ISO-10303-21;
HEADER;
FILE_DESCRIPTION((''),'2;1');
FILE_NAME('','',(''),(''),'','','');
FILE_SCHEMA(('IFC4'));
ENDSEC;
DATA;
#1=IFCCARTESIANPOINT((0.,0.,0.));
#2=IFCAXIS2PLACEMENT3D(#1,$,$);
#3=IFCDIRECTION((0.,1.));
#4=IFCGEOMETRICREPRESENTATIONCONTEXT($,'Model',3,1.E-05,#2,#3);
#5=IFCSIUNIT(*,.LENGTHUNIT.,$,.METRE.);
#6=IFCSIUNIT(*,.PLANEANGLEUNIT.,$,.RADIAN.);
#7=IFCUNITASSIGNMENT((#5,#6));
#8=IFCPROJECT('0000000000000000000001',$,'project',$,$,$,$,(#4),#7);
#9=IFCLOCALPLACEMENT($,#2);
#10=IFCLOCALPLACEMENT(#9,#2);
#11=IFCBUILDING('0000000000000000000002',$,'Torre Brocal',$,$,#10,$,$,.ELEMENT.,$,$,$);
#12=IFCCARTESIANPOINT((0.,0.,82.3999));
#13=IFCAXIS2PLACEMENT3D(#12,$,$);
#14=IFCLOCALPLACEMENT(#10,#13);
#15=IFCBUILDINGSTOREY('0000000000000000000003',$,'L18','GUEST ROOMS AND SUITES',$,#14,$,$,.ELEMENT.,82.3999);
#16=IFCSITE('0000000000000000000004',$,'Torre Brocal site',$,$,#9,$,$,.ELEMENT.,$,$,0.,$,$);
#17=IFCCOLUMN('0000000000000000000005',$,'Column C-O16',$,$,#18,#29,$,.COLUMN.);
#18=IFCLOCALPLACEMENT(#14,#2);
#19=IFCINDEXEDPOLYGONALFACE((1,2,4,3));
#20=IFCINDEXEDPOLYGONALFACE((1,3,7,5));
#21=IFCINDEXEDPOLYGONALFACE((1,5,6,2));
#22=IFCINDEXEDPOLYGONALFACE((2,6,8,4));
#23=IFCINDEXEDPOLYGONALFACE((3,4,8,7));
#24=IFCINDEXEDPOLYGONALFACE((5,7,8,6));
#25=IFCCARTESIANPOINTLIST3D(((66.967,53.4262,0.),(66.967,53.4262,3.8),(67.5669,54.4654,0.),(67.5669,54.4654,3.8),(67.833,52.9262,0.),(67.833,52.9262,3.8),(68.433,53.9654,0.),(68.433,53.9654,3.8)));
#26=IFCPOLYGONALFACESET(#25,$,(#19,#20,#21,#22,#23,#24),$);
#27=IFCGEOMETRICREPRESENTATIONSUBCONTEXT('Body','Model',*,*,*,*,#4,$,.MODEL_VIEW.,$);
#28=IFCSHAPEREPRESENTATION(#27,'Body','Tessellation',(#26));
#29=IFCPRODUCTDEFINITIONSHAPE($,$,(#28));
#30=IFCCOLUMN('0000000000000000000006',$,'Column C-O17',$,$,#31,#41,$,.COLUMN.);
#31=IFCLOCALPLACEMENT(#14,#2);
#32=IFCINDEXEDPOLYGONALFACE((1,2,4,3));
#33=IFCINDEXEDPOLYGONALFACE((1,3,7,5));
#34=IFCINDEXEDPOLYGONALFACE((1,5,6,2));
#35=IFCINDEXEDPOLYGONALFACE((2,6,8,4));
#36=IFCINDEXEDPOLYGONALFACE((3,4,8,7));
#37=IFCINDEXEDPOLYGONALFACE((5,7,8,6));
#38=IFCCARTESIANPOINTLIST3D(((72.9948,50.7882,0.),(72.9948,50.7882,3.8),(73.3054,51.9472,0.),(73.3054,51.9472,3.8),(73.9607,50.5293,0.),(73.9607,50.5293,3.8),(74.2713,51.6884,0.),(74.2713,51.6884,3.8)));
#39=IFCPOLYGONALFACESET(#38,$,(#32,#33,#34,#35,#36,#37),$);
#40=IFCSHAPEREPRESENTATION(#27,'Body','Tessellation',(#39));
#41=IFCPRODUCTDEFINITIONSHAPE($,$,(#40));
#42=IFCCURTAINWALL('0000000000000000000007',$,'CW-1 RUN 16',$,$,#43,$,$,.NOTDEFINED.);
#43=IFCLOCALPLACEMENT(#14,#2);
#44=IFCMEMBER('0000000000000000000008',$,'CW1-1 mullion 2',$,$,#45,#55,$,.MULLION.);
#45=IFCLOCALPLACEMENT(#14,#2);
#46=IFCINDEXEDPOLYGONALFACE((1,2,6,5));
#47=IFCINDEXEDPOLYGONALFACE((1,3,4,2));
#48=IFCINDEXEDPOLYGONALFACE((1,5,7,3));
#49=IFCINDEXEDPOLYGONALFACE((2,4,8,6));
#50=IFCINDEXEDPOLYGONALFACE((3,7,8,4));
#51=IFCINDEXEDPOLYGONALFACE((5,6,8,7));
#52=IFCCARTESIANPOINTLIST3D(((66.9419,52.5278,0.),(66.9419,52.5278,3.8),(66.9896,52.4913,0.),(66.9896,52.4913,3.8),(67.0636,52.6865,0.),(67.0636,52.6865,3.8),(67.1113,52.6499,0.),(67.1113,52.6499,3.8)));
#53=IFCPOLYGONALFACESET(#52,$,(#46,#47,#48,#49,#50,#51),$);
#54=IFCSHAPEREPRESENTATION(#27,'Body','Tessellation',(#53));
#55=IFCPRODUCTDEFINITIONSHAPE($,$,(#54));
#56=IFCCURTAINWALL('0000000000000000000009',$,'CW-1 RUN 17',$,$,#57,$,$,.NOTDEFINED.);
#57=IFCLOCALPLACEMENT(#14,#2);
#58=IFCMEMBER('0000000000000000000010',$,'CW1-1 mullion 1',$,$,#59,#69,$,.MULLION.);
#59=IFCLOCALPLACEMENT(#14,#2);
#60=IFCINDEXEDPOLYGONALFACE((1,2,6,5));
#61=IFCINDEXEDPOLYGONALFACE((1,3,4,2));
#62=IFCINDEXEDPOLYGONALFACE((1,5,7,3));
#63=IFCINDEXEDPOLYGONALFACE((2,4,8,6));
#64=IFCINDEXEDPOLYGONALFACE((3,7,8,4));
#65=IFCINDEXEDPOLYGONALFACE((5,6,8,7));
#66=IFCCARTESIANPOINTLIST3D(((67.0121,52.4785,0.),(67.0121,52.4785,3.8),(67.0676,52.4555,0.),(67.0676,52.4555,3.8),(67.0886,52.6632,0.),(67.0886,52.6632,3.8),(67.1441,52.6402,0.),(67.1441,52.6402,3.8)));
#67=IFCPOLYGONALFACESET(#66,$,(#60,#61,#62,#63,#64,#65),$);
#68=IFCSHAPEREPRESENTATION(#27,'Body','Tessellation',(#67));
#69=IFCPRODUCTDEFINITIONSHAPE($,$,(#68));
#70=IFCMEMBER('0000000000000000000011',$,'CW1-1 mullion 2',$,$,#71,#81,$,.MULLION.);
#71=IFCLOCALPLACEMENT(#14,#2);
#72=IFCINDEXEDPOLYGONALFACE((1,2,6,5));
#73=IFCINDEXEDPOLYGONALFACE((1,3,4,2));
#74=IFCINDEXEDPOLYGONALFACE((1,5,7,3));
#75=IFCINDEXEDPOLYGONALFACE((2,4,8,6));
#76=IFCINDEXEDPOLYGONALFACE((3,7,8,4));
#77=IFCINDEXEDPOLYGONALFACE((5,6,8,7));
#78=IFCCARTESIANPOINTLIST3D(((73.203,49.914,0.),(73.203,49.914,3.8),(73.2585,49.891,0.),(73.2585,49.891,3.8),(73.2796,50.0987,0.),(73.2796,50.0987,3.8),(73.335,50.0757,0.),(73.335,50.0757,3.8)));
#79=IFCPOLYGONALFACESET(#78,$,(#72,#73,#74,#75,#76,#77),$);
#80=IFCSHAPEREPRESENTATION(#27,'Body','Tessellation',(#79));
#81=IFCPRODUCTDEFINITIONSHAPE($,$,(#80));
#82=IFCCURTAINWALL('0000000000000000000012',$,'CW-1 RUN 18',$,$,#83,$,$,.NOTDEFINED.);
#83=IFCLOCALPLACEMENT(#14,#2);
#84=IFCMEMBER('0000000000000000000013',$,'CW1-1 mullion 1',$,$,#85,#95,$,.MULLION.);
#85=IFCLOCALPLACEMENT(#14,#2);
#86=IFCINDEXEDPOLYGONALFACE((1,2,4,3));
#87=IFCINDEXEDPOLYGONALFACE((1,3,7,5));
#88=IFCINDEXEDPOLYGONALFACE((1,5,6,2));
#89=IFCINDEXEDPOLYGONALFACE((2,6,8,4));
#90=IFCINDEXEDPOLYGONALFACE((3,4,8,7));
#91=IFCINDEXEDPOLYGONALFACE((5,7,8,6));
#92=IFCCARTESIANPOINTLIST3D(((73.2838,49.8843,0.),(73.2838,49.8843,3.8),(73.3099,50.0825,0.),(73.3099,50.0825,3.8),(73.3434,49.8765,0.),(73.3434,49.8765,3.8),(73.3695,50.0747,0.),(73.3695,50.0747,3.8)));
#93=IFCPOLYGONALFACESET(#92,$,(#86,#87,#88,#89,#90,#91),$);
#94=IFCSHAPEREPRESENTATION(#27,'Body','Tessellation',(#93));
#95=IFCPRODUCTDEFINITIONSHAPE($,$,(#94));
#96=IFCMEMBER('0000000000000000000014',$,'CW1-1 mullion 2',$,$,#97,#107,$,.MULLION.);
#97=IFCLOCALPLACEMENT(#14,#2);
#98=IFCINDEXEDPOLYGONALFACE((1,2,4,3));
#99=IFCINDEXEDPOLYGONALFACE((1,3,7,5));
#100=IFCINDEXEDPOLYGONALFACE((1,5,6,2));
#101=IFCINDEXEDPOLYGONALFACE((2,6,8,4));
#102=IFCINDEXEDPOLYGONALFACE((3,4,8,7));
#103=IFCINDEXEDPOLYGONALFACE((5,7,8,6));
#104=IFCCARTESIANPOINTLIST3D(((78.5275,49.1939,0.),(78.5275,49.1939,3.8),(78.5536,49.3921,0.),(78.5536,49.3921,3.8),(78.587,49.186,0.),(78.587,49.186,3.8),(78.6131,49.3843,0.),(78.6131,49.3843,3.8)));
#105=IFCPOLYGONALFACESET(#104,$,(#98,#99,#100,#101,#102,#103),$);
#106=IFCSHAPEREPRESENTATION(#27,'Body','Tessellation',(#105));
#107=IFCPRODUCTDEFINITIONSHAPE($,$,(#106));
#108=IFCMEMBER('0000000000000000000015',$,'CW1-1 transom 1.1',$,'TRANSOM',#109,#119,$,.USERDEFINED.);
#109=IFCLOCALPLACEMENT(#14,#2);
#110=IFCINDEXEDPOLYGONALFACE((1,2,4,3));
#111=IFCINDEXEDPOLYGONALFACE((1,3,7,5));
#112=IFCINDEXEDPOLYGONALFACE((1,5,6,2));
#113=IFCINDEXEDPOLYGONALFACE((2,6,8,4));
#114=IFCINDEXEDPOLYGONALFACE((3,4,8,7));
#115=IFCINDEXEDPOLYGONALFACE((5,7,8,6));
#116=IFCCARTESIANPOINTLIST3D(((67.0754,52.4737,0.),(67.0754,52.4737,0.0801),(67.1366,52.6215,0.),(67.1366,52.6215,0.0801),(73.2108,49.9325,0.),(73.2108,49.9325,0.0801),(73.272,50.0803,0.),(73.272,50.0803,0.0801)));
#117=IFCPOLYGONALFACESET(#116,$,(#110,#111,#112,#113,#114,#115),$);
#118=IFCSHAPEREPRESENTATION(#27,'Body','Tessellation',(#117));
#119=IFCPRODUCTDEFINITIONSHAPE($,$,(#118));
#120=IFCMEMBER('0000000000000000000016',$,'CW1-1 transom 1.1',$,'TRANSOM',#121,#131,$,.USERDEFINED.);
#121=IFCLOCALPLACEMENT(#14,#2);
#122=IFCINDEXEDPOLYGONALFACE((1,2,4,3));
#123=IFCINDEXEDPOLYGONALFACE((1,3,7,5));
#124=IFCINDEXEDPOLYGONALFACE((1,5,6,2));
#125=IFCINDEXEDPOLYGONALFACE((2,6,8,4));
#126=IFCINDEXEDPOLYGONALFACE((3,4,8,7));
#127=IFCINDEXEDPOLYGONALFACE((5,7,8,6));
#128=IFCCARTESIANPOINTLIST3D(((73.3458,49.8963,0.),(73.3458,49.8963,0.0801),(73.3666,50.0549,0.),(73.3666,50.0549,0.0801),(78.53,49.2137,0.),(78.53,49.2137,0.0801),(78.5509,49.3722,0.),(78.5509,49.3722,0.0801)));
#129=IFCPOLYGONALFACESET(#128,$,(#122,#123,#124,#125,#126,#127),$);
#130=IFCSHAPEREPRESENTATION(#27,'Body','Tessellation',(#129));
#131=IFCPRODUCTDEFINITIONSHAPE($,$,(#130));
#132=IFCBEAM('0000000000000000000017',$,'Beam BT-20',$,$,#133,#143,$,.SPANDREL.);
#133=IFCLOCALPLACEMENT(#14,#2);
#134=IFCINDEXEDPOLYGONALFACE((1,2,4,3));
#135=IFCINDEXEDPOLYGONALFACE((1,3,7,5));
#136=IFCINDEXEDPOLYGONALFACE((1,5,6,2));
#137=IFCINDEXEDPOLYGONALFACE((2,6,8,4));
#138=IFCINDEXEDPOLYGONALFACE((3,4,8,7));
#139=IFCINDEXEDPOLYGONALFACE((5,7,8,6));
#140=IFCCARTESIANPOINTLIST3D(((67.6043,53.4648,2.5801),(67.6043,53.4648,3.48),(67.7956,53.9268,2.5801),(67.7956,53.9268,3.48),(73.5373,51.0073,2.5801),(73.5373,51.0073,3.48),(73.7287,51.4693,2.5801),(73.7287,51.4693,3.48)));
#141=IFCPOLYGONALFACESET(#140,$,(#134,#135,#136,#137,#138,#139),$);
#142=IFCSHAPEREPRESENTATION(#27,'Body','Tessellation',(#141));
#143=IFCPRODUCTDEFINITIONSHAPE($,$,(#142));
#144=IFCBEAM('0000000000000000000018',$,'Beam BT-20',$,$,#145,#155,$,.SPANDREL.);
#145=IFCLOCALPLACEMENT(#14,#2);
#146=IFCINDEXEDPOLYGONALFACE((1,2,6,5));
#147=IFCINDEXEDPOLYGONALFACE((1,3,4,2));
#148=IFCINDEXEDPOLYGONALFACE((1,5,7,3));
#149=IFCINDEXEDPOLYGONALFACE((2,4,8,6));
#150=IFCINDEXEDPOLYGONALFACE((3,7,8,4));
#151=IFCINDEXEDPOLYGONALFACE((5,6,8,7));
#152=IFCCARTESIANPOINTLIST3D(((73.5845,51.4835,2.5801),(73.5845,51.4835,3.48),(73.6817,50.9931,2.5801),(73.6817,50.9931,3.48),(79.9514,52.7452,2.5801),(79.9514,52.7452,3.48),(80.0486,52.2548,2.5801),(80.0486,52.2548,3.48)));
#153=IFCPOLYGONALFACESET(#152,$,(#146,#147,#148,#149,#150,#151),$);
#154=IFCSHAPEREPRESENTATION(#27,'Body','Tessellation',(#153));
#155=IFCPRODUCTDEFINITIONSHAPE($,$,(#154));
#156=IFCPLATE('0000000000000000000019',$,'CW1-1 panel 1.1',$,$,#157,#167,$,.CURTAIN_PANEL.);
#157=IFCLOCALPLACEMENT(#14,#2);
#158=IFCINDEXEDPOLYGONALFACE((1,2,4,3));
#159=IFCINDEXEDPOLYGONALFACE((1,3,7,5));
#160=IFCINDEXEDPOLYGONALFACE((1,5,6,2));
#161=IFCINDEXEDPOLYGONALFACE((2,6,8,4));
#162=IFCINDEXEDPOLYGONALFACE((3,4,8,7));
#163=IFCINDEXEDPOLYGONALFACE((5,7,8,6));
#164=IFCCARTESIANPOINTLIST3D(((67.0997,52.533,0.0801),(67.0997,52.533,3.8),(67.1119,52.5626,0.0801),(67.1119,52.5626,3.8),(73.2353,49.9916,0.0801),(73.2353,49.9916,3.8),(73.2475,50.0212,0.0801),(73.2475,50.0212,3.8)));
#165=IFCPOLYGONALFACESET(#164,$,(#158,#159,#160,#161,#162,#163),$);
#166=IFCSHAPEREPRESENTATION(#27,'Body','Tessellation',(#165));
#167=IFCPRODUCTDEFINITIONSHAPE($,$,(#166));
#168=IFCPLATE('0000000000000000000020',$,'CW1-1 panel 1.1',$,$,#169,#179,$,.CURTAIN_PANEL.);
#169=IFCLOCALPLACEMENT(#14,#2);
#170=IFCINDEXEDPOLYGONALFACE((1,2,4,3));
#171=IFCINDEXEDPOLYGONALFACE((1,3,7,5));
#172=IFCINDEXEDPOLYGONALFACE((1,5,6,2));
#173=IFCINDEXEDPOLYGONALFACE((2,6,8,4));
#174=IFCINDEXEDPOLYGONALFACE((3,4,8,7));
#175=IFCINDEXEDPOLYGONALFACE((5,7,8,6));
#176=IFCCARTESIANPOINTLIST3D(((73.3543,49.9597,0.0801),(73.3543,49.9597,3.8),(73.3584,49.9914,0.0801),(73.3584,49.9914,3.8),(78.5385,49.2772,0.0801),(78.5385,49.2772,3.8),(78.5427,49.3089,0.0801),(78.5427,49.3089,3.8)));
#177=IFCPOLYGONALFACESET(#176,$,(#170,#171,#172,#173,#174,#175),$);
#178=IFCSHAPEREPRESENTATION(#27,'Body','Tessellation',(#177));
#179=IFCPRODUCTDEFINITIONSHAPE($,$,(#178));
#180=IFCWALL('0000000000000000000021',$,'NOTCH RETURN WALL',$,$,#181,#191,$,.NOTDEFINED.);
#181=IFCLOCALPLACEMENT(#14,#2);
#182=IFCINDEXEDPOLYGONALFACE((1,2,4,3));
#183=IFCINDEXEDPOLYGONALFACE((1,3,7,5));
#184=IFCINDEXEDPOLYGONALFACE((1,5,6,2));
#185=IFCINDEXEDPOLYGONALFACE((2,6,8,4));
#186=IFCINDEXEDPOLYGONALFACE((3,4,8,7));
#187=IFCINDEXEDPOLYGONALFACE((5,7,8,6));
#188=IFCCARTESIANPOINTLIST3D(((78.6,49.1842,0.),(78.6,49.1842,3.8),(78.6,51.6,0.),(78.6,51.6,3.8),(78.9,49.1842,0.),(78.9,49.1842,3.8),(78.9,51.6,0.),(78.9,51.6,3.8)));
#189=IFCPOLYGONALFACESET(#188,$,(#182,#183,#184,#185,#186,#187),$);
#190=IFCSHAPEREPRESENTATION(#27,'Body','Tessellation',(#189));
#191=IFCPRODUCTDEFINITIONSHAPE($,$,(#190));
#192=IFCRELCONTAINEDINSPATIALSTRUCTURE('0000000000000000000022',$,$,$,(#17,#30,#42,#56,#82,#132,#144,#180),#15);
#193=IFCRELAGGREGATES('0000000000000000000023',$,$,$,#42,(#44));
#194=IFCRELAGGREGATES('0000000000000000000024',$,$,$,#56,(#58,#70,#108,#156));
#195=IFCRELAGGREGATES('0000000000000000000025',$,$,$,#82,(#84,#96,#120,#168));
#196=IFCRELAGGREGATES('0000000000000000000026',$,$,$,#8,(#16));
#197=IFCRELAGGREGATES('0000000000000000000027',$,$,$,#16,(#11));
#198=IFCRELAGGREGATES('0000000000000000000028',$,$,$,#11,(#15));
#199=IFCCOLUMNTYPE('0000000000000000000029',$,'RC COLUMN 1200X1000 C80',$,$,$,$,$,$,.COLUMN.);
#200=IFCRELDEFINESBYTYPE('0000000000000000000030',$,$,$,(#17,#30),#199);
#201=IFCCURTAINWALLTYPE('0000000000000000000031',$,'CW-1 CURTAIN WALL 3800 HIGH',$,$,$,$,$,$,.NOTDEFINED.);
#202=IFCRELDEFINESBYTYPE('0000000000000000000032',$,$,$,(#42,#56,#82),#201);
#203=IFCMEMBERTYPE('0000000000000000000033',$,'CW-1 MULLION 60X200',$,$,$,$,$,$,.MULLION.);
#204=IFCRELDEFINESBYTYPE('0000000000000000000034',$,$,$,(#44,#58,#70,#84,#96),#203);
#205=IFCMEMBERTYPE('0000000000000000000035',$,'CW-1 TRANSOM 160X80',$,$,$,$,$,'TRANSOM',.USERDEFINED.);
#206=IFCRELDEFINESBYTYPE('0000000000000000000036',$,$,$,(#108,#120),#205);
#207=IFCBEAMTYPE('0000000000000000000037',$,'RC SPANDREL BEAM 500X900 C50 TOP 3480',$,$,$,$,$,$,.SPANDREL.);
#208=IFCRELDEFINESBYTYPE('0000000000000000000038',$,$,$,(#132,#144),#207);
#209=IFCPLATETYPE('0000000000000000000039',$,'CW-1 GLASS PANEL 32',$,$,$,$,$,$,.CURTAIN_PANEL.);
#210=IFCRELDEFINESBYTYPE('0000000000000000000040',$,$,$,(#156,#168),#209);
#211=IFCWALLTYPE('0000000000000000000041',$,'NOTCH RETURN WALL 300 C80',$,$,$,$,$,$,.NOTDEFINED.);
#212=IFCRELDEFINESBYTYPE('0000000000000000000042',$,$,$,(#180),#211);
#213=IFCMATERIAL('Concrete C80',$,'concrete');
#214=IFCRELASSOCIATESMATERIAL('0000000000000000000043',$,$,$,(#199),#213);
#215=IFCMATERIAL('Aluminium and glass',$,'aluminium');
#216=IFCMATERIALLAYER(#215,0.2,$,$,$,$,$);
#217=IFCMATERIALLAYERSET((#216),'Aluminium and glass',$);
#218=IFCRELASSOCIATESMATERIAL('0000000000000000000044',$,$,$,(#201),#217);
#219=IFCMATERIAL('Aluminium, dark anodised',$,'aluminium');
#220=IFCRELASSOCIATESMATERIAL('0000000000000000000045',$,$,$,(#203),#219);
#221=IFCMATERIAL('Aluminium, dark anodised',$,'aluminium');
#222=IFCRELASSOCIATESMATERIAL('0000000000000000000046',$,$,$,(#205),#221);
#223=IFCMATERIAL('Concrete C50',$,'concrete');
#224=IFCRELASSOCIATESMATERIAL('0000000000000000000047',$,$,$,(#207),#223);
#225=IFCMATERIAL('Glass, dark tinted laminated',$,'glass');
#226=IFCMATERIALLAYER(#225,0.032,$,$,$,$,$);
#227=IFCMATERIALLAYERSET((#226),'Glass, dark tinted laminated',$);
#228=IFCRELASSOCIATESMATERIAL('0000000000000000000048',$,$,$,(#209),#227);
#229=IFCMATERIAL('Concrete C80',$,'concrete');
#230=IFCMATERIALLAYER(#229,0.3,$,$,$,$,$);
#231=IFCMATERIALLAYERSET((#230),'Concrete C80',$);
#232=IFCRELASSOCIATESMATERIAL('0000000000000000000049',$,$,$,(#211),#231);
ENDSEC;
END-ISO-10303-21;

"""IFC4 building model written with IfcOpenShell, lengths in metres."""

from ifc_helpers import new_model, si_unit, direction, frame, frame_2d, origin, origin_2d, place, context, subcontext, project, spatial, rectangle, extrude, material, layer, layer_set, material_profile, profile_set, type_object, element, aggregate, save


model = new_model("IFC4")

# Units and contexts
model_context = context("Model", 3, precision=1e-05, world=origin(), true_north=direction((0.0, 1.0)))
body_context = subcontext(model_context, "Body", "Model", "MODEL_VIEW")
ifc_project = project(units=[si_unit("LENGTHUNIT", "METRE"), si_unit("PLANEANGLEUNIT", "RADIAN")], contexts=[model_context])

# Site, building, storey
site_placement = place(None, origin())
site = spatial("IfcSite", under=ifc_project, at=site_placement, Name="Torre Brocal site", CompositionType="ELEMENT", RefElevation=0.0)
building_placement = place(site_placement, origin())
building = spatial("IfcBuilding", under=site, at=building_placement, Name="Torre Brocal", CompositionType="ELEMENT")
storey_placement = place(building_placement, frame((0.0, 0.0, 82.3999)))
storey = spatial("IfcBuildingStorey", under=building, at=storey_placement, Name="L18", Description="GUEST ROOMS AND SUITES", CompositionType="ELEMENT", Elevation=82.3999)

# Columns
ifc_material_1 = material(Name="Concrete C80", Category="concrete")
ifc_material_profile_1 = material_profile(ifc_material_1, rectangle(XDim=1.2, YDim=1.0, at=origin_2d()), Name="RC 1200X1000")
ifc_profile_set_1 = profile_set([ifc_material_profile_1], Name="Concrete C80")
column_type = type_object("IfcColumnType", Name="RC COLUMN 1200X1000 C80", PredefinedType="COLUMN", material=ifc_profile_set_1)
for number, where, z_axis, x_axis, name in (
    (1, (67.7, 53.6958, 0.0), (0.0, 0.0, 1.0), (-0.5, -0.866025, 0.0), "Column C-O16"),
    (2, (73.6331, 51.2383, 0.0), (0.0, 0.0, 1.0), (-0.258819, -0.965926, 0.0), "Column C-O17"),
):
    element("IfcColumn", number, at=place(storey_placement, frame(where, z_axis=z_axis, x_axis=x_axis)), inside=storey, type_object=column_type, Name=name, PredefinedType="COLUMN", context=body_context, shape_type="SweptSolid", body=[
        extrude(rectangle(XDim=1.2, YDim=1.0, at=origin_2d()), origin(), (0.0, 0.0, 1.0), 3.8),
    ])

# Curtain wall, member
ifc_material_2 = material(Name="Aluminium and glass", Category="aluminium")
ifc_layer_1 = layer(ifc_material_2, 0.2)
ifc_layer_set_1 = layer_set([ifc_layer_1], Name="Aluminium and glass")
curtain_wall_type = type_object("IfcCurtainWallType", Name="CW-1 CURTAIN WALL 3800 HIGH", PredefinedType="NOTDEFINED", material=ifc_layer_set_1)
curtain_wall_1_placement = place(storey_placement, origin())
curtain_wall_1 = element("IfcCurtainWall", 3, at=curtain_wall_1_placement, inside=storey, type_object=curtain_wall_type, Name="CW-1 RUN 16", PredefinedType="NOTDEFINED")
ifc_material_3 = material(Name="Aluminium, dark anodised", Category="aluminium")
ifc_material_profile_2 = material_profile(ifc_material_3, rectangle(XDim=0.2, YDim=0.0601, at=origin_2d()), Name="CW-1 MULLION 60X200")
ifc_profile_set_2 = profile_set([ifc_material_profile_2], Name="Aluminium, dark anodised")
member_type_1 = type_object("IfcMemberType", Name="CW-1 MULLION 60X200", PredefinedType="MULLION", material=ifc_profile_set_2)
member_1_placement = place(storey_placement, frame((67.0266, 52.5889, 0.0), z_axis=(0.0, 0.0, 1.0), x_axis=(0.608761, 0.793353, 0.0)))
member_1 = element("IfcMember", 4, at=member_1_placement, type_object=member_type_1, Name="CW1-1 mullion 2", PredefinedType="MULLION", context=body_context, shape_type="SweptSolid", body=[
    extrude(rectangle(XDim=0.2, YDim=0.0601, at=origin_2d()), origin(), (0.0, 0.0, 1.0), 3.8),
])
aggregate(curtain_wall_1, [member_1])

# Curtain walls, members
curtain_wall_2_placement = place(storey_placement, origin())
curtain_wall_2 = element("IfcCurtainWall", 5, at=curtain_wall_2_placement, inside=storey, type_object=curtain_wall_type, Name="CW-1 RUN 17", PredefinedType="NOTDEFINED")
member_2_placement = place(storey_placement, frame((67.0781, 52.5593, 0.0), z_axis=(0.0, 0.0, 1.0), x_axis=(0.382683, 0.92388, 0.0)))
member_2 = element("IfcMember", 6, at=member_2_placement, type_object=member_type_1, Name="CW1-1 mullion 1", PredefinedType="MULLION", context=body_context, shape_type="SweptSolid", body=[
    extrude(rectangle(XDim=0.2, YDim=0.0601, at=origin_2d()), origin(), (0.0, 0.0, 1.0), 3.8),
])
member_3_placement = place(storey_placement, frame((73.269, 49.9949, 0.0), z_axis=(0.0, 0.0, 1.0), x_axis=(0.382683, 0.92388, 0.0)))
member_3 = element("IfcMember", 7, at=member_3_placement, type_object=member_type_1, Name="CW1-1 mullion 2", PredefinedType="MULLION", context=body_context, shape_type="SweptSolid", body=[
    extrude(rectangle(XDim=0.2, YDim=0.0601, at=origin_2d()), origin(), (0.0, 0.0, 1.0), 3.8),
])
curtain_wall_3_placement = place(storey_placement, origin())
curtain_wall_3 = element("IfcCurtainWall", 8, at=curtain_wall_3_placement, inside=storey, type_object=curtain_wall_type, Name="CW-1 RUN 18", PredefinedType="NOTDEFINED")
member_4_placement = place(storey_placement, frame((73.3267, 49.9795, 0.0), z_axis=(0.0, 0.0, 1.0), x_axis=(0.130526, 0.991445, 0.0)))
member_4 = element("IfcMember", 9, at=member_4_placement, type_object=member_type_1, Name="CW1-1 mullion 1", PredefinedType="MULLION", context=body_context, shape_type="SweptSolid", body=[
    extrude(rectangle(XDim=0.2, YDim=0.0601, at=origin_2d()), origin(), (0.0, 0.0, 1.0), 3.8),
])
member_5_placement = place(storey_placement, frame((78.5703, 49.2891, 0.0), z_axis=(0.0, 0.0, 1.0), x_axis=(0.130526, 0.991445, 0.0)))
member_5 = element("IfcMember", 10, at=member_5_placement, type_object=member_type_1, Name="CW1-1 mullion 2", PredefinedType="MULLION", context=body_context, shape_type="SweptSolid", body=[
    extrude(rectangle(XDim=0.2, YDim=0.0601, at=origin_2d()), origin(), (0.0, 0.0, 1.0), 3.8),
])

# Members
ifc_material_4 = material(Name="Aluminium, dark anodised", Category="aluminium")
ifc_material_profile_3 = material_profile(ifc_material_4, rectangle(XDim=0.1599, YDim=0.0801, at=origin_2d()), Name="CW-1 TRANSOM 160X80")
ifc_profile_set_3 = profile_set([ifc_material_profile_3], Name="Aluminium, dark anodised")
member_type_2 = type_object("IfcMemberType", Name="CW-1 TRANSOM 160X80", ElementType="TRANSOM", PredefinedType="USERDEFINED", material=ifc_profile_set_3)
member_6_placement = place(storey_placement, frame((67.106, 52.5476, 0.04), z_axis=(0.923887, -0.382665, 0.0), x_axis=(0.382665, 0.923887, 0.0)))
member_6 = element("IfcMember", 11, at=member_6_placement, type_object=member_type_2, Name="CW1-1 transom 1.1", ObjectType="TRANSOM", PredefinedType="USERDEFINED", context=body_context, shape_type="SweptSolid", body=[
    extrude(rectangle(XDim=0.1599, YDim=0.0801, at=origin_2d()), origin(), (0.0, 0.0, 1.0), 6.6409),
])
member_7_placement = place(storey_placement, frame((73.3562, 49.9756, 0.04), z_axis=(0.991443, -0.130543, 0.0), x_axis=(0.130543, 0.991443, 0.0)))
member_7 = element("IfcMember", 12, at=member_7_placement, type_object=member_type_2, Name="CW1-1 transom 1.1", ObjectType="TRANSOM", PredefinedType="USERDEFINED", context=body_context, shape_type="SweptSolid", body=[
    extrude(rectangle(XDim=0.1599, YDim=0.0801, at=origin_2d()), origin(), (0.0, 0.0, 1.0), 5.229),
])

# Beams
ifc_material_5 = material(Name="Concrete C50", Category="concrete")
ifc_material_profile_4 = material_profile(ifc_material_5, rectangle(XDim=0.5, YDim=0.8999, at=origin_2d()), Name="RC 500X900")
ifc_profile_set_4 = profile_set([ifc_material_profile_4], Name="Concrete C50")
beam_type = type_object("IfcBeamType", Name="RC SPANDREL BEAM 500X900 C50 TOP 3480", PredefinedType="SPANDREL", material=ifc_profile_set_4)
beam_1_placement = place(storey_placement, frame((67.7, 53.6958, 3.03), z_axis=(0.923882, -0.382676, 0.0), x_axis=(0.382676, 0.923882, 0.0)))
element("IfcBeam", 13, at=beam_1_placement, inside=storey, type_object=beam_type, Name="Beam BT-20", PredefinedType="SPANDREL", context=body_context, shape_type="SweptSolid", body=[
    extrude(rectangle(XDim=0.5, YDim=0.8999, at=origin_2d()), origin(), (0.0, 0.0, 1.0), 6.4219),
])
beam_2_placement = place(storey_placement, frame((73.6331, 51.2383, 3.03), z_axis=(0.980925, 0.194387, 0.0), x_axis=(-0.194387, 0.980925, 0.0)))
element("IfcBeam", 14, at=beam_2_placement, inside=storey, type_object=beam_type, Name="Beam BT-20", PredefinedType="SPANDREL", context=body_context, shape_type="SweptSolid", body=[
    extrude(rectangle(XDim=0.5, YDim=0.8999, at=origin_2d()), origin(), (0.0, 0.0, 1.0), 6.4907),
])

# Plates
ifc_material_6 = material(Name="Glass, dark tinted laminated", Category="glass")
ifc_layer_2 = layer(ifc_material_6, 0.032)
ifc_layer_set_2 = layer_set([ifc_layer_2], Name="Glass, dark tinted laminated")
plate_type = type_object("IfcPlateType", Name="CW-1 GLASS PANEL 32", PredefinedType="CURTAIN_PANEL", material=ifc_layer_set_2)
plate_1_placement = place(storey_placement, frame((70.1736, 51.2771, 0.0801), z_axis=(0.0, 0.0, 1.0), x_axis=(0.92388, -0.382683, 0.0)))
plate_1 = element("IfcPlate", 15, at=plate_1_placement, type_object=plate_type, Name="CW1-1 panel 1.1", PredefinedType="CURTAIN_PANEL", context=body_context, shape_type="SweptSolid", body=[
    extrude(rectangle(XDim=6.6411, YDim=0.032, at=origin_2d()), origin(), (0.0, 0.0, 1.0), 3.72),
])
aggregate(curtain_wall_2, [member_2, member_3, member_6, plate_1])
plate_2_placement = place(storey_placement, frame((75.9485, 49.6343, 0.0801), z_axis=(0.0, 0.0, 1.0), x_axis=(0.991445, -0.130526, 0.0)))
plate_2 = element("IfcPlate", 16, at=plate_2_placement, type_object=plate_type, Name="CW1-1 panel 1.1", PredefinedType="CURTAIN_PANEL", context=body_context, shape_type="SweptSolid", body=[
    extrude(rectangle(XDim=5.229, YDim=0.032, at=origin_2d()), origin(), (0.0, 0.0, 1.0), 3.72),
])
aggregate(curtain_wall_3, [member_4, member_5, member_7, plate_2])

# Wall
ifc_material_7 = material(Name="Concrete C80", Category="concrete")
ifc_layer_3 = layer(ifc_material_7, 0.3)
ifc_layer_set_3 = layer_set([ifc_layer_3], Name="Concrete C80")
wall_type_1 = type_object("IfcWallType", Name="NOTCH RETURN WALL 300 C80", PredefinedType="NOTDEFINED", material=ifc_layer_set_3)
wall_1_placement = place(storey_placement, frame((78.75, 51.6001, 0.0), z_axis=(0.0, 0.0, 1.0), x_axis=(0.0, -1.0, 0.0)))
element("IfcWall", 17, at=wall_1_placement, inside=storey, type_object=wall_type_1, Name="NOTCH RETURN WALL", PredefinedType="NOTDEFINED", context=body_context, shape_type="SweptSolid", body=[
    extrude(rectangle(XDim=2.4158, YDim=0.3, at=frame_2d((1.208, 0.0))), origin(), (0.0, 0.0, 1.0), 3.8),
])

save(model, "model.ifc")
